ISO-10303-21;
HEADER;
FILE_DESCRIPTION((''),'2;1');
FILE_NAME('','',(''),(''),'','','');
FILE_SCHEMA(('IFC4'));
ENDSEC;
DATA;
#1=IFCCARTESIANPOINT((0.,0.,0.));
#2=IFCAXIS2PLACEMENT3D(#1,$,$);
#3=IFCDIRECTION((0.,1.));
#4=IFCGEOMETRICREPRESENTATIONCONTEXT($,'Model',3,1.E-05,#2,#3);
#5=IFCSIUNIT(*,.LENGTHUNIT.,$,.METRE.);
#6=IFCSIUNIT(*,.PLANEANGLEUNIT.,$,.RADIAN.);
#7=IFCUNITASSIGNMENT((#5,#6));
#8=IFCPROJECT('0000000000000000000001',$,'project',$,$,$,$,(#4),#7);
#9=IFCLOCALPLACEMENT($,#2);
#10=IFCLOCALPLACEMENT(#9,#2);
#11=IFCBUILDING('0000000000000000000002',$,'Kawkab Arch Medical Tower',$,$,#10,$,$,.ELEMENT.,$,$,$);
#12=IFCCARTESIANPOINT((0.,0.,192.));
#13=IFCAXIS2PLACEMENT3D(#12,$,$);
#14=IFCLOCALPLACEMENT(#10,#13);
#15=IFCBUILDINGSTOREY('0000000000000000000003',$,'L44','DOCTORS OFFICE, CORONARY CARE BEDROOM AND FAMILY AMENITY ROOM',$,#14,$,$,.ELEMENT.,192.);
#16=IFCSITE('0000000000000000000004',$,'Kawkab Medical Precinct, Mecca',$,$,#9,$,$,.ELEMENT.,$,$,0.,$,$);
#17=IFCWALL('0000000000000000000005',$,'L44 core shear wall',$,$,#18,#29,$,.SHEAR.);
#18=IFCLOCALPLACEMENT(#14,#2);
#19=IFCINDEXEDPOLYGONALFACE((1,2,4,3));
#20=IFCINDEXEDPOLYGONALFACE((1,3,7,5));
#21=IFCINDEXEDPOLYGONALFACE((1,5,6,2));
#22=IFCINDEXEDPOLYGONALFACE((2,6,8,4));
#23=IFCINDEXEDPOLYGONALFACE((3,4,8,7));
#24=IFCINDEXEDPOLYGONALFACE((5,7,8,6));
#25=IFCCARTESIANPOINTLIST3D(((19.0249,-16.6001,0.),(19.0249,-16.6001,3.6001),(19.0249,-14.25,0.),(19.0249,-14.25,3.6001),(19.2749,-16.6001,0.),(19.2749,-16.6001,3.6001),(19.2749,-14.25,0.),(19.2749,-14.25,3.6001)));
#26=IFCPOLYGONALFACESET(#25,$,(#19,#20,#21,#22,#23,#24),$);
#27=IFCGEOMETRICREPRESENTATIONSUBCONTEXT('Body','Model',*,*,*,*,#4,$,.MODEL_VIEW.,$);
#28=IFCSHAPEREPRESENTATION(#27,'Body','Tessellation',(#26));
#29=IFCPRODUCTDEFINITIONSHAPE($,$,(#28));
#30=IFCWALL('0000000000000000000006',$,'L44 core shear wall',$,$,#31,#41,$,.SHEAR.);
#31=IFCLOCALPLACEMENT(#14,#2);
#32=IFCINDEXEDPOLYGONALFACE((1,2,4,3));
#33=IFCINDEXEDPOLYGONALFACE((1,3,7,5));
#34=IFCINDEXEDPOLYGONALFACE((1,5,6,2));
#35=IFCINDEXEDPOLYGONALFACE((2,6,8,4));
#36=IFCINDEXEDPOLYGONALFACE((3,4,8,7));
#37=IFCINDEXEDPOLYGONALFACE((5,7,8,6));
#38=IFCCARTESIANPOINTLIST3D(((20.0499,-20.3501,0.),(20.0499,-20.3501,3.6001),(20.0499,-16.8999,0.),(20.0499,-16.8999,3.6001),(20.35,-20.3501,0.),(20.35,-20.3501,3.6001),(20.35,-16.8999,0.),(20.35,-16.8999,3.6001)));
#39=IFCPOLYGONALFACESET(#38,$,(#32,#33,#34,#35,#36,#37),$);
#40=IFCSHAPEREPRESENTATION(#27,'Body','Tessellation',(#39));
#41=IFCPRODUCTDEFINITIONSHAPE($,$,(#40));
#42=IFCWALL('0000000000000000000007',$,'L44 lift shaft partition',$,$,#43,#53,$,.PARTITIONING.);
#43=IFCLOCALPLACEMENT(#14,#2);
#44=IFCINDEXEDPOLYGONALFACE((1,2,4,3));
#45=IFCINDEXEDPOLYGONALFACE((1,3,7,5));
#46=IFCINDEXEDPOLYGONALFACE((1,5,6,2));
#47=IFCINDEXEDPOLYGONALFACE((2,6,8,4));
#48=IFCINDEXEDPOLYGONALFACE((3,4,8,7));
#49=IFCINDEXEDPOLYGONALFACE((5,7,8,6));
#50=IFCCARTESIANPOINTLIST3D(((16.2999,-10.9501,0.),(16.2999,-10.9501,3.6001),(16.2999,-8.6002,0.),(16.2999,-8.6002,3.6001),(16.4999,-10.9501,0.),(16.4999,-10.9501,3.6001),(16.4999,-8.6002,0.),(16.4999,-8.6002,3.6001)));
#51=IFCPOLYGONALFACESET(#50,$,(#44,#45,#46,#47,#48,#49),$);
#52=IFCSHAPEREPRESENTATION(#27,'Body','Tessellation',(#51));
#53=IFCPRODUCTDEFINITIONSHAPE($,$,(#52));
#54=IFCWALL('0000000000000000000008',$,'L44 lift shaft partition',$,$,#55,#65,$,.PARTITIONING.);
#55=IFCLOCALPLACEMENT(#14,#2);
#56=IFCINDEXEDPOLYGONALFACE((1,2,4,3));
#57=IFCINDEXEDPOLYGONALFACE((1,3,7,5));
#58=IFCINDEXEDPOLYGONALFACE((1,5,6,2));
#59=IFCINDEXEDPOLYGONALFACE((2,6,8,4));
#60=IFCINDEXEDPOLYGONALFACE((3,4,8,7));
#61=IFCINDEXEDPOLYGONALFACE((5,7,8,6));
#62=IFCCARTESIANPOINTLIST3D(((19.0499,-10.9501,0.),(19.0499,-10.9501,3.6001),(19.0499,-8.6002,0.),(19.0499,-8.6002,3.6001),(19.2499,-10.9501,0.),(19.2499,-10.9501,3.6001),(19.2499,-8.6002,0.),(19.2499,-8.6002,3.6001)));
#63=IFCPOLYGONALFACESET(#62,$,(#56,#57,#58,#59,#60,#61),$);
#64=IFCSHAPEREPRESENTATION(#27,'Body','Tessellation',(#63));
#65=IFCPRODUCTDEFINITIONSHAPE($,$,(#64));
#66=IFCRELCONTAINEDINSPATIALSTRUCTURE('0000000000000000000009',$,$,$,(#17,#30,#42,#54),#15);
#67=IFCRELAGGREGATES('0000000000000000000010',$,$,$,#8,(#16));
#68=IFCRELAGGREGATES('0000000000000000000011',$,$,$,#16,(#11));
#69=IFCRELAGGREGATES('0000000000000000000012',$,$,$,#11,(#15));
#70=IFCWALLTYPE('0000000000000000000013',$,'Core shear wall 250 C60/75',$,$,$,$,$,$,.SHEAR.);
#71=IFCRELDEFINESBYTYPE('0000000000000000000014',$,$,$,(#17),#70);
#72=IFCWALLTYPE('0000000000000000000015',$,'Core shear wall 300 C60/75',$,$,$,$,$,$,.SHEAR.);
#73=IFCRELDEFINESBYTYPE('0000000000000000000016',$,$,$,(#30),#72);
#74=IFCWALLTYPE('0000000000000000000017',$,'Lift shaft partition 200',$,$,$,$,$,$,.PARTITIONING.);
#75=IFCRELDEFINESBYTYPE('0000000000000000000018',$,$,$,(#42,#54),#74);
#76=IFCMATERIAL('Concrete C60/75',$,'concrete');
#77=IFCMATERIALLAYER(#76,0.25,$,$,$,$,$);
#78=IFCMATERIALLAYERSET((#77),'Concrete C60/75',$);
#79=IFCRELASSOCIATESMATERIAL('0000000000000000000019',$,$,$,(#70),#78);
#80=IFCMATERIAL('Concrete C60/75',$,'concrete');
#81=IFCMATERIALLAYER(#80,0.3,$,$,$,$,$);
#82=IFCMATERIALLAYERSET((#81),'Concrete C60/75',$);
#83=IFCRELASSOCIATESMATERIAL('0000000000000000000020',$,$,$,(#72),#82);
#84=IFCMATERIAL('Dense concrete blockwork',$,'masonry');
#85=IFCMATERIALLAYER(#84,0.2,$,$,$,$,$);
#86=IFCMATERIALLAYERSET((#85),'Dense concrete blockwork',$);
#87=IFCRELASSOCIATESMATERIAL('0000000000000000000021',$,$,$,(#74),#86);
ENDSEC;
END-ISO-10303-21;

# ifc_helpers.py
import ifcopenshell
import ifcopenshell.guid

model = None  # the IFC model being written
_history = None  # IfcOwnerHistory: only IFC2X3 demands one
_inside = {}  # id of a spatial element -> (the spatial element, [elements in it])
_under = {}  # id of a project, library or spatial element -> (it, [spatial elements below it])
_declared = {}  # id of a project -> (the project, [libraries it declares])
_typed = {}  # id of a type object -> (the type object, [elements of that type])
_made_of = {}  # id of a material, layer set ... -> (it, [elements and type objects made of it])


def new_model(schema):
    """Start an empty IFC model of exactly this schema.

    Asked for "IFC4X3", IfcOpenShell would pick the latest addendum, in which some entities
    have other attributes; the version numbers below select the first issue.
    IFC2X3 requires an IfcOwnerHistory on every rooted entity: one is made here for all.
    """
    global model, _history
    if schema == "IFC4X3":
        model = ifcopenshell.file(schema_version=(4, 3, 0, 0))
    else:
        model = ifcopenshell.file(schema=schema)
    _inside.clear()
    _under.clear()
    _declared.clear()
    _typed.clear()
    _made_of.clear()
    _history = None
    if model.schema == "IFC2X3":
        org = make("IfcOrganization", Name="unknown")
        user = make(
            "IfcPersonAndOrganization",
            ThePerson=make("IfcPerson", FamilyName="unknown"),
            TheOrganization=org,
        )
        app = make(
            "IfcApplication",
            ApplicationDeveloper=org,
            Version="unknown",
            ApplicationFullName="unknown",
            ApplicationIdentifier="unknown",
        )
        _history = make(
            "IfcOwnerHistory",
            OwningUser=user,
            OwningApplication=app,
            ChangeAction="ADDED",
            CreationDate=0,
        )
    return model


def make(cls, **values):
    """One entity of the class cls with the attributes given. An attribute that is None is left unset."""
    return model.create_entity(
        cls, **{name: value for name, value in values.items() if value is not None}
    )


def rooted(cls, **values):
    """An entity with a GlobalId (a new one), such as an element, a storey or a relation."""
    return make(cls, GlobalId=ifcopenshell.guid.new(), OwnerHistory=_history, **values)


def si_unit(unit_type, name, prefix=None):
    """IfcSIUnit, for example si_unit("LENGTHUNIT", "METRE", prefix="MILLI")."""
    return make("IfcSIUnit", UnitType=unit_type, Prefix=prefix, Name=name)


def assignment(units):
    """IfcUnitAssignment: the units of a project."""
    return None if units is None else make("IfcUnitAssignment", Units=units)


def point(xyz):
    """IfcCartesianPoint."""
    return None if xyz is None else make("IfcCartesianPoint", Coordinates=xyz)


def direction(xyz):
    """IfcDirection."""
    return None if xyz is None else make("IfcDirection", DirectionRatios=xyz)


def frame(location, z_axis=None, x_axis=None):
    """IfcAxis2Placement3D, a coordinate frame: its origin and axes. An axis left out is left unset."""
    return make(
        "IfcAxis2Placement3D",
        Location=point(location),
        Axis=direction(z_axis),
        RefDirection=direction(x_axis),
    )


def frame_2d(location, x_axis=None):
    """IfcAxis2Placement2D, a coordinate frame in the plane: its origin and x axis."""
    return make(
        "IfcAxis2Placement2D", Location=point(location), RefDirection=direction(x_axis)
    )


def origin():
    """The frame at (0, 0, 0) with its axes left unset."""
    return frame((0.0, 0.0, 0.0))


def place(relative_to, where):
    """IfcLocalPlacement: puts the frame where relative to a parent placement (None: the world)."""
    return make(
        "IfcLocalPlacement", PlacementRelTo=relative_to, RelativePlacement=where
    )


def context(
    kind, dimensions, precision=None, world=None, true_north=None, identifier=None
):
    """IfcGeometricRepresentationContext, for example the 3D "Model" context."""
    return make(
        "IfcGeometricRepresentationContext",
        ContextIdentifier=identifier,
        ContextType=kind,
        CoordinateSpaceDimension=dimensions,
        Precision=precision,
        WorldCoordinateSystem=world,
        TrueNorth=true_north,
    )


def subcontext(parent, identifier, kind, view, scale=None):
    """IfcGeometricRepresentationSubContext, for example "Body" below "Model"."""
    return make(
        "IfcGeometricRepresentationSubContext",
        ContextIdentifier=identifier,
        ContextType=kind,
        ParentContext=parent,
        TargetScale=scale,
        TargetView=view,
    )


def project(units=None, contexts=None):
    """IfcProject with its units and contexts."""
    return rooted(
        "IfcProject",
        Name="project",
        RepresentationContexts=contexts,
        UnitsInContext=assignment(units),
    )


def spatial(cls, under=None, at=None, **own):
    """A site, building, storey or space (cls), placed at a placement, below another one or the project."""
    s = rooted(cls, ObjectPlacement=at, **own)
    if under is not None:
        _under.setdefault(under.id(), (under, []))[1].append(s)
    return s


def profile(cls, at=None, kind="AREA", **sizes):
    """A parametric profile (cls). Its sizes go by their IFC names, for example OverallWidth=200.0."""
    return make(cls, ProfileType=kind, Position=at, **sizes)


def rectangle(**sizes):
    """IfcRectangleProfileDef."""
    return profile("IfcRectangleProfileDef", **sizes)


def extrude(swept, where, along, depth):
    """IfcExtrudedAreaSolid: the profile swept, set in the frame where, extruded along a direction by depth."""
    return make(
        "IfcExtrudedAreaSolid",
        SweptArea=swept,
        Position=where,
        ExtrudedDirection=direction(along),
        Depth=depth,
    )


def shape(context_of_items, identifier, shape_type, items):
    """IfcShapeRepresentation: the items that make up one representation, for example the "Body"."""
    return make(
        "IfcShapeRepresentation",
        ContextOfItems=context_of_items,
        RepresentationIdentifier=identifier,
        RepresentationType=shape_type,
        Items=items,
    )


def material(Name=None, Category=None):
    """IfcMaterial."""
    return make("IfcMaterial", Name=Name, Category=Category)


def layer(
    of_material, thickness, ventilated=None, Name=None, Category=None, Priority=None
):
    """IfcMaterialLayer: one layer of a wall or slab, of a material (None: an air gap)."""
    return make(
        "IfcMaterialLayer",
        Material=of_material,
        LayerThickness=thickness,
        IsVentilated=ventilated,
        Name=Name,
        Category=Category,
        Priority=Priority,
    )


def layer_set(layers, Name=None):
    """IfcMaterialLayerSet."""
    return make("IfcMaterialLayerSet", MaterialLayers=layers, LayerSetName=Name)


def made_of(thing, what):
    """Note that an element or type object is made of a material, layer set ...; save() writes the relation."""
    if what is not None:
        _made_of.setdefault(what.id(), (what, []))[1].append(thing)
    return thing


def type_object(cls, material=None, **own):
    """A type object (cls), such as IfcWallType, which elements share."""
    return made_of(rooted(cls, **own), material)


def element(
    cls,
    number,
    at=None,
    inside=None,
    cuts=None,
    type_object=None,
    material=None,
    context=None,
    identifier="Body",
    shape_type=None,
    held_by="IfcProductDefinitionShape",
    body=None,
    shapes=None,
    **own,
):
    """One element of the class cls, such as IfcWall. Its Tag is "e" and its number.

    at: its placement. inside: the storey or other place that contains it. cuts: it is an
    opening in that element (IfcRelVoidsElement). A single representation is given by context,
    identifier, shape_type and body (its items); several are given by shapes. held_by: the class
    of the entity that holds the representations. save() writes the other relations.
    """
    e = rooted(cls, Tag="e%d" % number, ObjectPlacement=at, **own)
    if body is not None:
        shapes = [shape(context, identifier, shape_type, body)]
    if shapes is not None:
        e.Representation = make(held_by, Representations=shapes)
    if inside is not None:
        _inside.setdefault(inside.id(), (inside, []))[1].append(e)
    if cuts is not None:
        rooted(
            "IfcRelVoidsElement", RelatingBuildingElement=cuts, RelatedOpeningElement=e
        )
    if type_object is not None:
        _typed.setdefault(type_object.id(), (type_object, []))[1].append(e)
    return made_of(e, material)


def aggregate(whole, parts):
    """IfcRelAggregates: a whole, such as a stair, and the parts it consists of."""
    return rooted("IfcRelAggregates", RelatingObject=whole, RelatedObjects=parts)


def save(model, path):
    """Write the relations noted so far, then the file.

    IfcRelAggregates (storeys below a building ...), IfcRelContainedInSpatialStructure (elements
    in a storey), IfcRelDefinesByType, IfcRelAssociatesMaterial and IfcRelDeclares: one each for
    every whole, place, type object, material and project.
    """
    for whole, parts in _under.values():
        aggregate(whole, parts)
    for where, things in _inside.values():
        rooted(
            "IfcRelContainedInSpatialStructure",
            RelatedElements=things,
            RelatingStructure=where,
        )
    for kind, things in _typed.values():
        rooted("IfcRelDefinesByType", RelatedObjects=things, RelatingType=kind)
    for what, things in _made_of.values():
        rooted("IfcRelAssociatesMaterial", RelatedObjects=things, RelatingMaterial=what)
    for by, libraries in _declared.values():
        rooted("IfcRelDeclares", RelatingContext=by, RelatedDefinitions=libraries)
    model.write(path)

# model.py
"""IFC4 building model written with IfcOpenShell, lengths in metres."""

from ifc_helpers import new_model, si_unit, direction, frame, frame_2d, origin, place, context, subcontext, project, spatial, rectangle, extrude, material, layer, layer_set, type_object, element, save


model = new_model("IFC4")

# Units and contexts
model_context = context("Model", 3, precision=1e-05, world=origin(), true_north=direction((0.0, 1.0)))
body_context = subcontext(model_context, "Body", "Model", "MODEL_VIEW")
ifc_project = project(units=[si_unit("LENGTHUNIT", "METRE"), si_unit("PLANEANGLEUNIT", "RADIAN")], contexts=[model_context])

# Site, building, storey
site_placement = place(None, origin())
site = spatial("IfcSite", under=ifc_project, at=site_placement, Name="Kawkab Medical Precinct, Mecca", CompositionType="ELEMENT", RefElevation=0.0)
building_placement = place(site_placement, origin())
building = spatial("IfcBuilding", under=site, at=building_placement, Name="Kawkab Arch Medical Tower", CompositionType="ELEMENT")
storey_placement = place(building_placement, frame((0.0, 0.0, 192.0)))
storey = spatial("IfcBuildingStorey", under=building, at=storey_placement, Name="L44", Description="DOCTORS OFFICE, CORONARY CARE BEDROOM AND FAMILY AMENITY ROOM", CompositionType="ELEMENT", Elevation=192.0)

# Walls
ifc_material_1 = material(Name="Concrete C60/75", Category="concrete")
ifc_layer_1 = layer(ifc_material_1, 0.25)
ifc_layer_set_1 = layer_set([ifc_layer_1], Name="Concrete C60/75")
wall_type_1 = type_object("IfcWallType", Name="Core shear wall 250 C60/75", PredefinedType="SHEAR", material=ifc_layer_set_1)
for number, where, z_axis, x_axis, name in (
    (1, (19.1499, -16.6001, 0.0), (0.0, 0.0, 1.0), (0.0, 1.0, 0.0), "L44 core shear wall"),
):
    element("IfcWall", number, at=place(storey_placement, frame(where, z_axis=z_axis, x_axis=x_axis)), inside=storey, type_object=wall_type_1, Name=name, PredefinedType="SHEAR", context=body_context, shape_type="SweptSolid", body=[
        extrude(rectangle(XDim=2.3501, YDim=0.25, at=frame_2d((1.175, 0.0))), origin(), (0.0, 0.0, 1.0), 3.6001),
    ])
ifc_material_2 = material(Name="Concrete C60/75", Category="concrete")
ifc_layer_2 = layer(ifc_material_2, 0.3)
ifc_layer_set_2 = layer_set([ifc_layer_2], Name="Concrete C60/75")
wall_type_2 = type_object("IfcWallType", Name="Core shear wall 300 C60/75", PredefinedType="SHEAR", material=ifc_layer_set_2)
wall_1_placement = place(storey_placement, frame((20.2, -20.3501, 0.0), z_axis=(0.0, 0.0, 1.0), x_axis=(0.0, 1.0, 0.0)))
element("IfcWall", 2, at=wall_1_placement, inside=storey, type_object=wall_type_2, Name="L44 core shear wall", PredefinedType="SHEAR", context=body_context, shape_type="SweptSolid", body=[
    extrude(rectangle(XDim=3.4502, YDim=0.3, at=frame_2d((1.7251, 0.0))), origin(), (0.0, 0.0, 1.0), 3.6001),
])
ifc_material_3 = material(Name="Dense concrete blockwork", Category="masonry")
ifc_layer_3 = layer(ifc_material_3, 0.2)
ifc_layer_set_3 = layer_set([ifc_layer_3], Name="Dense concrete blockwork")
wall_type_3 = type_object("IfcWallType", Name="Lift shaft partition 200", PredefinedType="PARTITIONING", material=ifc_layer_set_3)
for number, where, z_axis, x_axis, name in (
    (3, (16.3999, -10.95, 0.0), (0.0, 0.0, 1.0), (0.0, 1.0, 0.0), "L44 lift shaft partition"),
    (4, (19.1499, -10.95, 0.0), (0.0, 0.0, 1.0), (0.0, 1.0, 0.0), "L44 lift shaft partition"),
):
    element("IfcWall", number, at=place(storey_placement, frame(where, z_axis=z_axis, x_axis=x_axis)), inside=storey, type_object=wall_type_3, Name=name, PredefinedType="PARTITIONING", context=body_context, shape_type="SweptSolid", body=[
        extrude(rectangle(XDim=2.3499, YDim=0.2, at=frame_2d((1.1748, 0.0))), origin(), (0.0, 0.0, 1.0), 3.6001),
    ])

save(model, "model.ifc")
